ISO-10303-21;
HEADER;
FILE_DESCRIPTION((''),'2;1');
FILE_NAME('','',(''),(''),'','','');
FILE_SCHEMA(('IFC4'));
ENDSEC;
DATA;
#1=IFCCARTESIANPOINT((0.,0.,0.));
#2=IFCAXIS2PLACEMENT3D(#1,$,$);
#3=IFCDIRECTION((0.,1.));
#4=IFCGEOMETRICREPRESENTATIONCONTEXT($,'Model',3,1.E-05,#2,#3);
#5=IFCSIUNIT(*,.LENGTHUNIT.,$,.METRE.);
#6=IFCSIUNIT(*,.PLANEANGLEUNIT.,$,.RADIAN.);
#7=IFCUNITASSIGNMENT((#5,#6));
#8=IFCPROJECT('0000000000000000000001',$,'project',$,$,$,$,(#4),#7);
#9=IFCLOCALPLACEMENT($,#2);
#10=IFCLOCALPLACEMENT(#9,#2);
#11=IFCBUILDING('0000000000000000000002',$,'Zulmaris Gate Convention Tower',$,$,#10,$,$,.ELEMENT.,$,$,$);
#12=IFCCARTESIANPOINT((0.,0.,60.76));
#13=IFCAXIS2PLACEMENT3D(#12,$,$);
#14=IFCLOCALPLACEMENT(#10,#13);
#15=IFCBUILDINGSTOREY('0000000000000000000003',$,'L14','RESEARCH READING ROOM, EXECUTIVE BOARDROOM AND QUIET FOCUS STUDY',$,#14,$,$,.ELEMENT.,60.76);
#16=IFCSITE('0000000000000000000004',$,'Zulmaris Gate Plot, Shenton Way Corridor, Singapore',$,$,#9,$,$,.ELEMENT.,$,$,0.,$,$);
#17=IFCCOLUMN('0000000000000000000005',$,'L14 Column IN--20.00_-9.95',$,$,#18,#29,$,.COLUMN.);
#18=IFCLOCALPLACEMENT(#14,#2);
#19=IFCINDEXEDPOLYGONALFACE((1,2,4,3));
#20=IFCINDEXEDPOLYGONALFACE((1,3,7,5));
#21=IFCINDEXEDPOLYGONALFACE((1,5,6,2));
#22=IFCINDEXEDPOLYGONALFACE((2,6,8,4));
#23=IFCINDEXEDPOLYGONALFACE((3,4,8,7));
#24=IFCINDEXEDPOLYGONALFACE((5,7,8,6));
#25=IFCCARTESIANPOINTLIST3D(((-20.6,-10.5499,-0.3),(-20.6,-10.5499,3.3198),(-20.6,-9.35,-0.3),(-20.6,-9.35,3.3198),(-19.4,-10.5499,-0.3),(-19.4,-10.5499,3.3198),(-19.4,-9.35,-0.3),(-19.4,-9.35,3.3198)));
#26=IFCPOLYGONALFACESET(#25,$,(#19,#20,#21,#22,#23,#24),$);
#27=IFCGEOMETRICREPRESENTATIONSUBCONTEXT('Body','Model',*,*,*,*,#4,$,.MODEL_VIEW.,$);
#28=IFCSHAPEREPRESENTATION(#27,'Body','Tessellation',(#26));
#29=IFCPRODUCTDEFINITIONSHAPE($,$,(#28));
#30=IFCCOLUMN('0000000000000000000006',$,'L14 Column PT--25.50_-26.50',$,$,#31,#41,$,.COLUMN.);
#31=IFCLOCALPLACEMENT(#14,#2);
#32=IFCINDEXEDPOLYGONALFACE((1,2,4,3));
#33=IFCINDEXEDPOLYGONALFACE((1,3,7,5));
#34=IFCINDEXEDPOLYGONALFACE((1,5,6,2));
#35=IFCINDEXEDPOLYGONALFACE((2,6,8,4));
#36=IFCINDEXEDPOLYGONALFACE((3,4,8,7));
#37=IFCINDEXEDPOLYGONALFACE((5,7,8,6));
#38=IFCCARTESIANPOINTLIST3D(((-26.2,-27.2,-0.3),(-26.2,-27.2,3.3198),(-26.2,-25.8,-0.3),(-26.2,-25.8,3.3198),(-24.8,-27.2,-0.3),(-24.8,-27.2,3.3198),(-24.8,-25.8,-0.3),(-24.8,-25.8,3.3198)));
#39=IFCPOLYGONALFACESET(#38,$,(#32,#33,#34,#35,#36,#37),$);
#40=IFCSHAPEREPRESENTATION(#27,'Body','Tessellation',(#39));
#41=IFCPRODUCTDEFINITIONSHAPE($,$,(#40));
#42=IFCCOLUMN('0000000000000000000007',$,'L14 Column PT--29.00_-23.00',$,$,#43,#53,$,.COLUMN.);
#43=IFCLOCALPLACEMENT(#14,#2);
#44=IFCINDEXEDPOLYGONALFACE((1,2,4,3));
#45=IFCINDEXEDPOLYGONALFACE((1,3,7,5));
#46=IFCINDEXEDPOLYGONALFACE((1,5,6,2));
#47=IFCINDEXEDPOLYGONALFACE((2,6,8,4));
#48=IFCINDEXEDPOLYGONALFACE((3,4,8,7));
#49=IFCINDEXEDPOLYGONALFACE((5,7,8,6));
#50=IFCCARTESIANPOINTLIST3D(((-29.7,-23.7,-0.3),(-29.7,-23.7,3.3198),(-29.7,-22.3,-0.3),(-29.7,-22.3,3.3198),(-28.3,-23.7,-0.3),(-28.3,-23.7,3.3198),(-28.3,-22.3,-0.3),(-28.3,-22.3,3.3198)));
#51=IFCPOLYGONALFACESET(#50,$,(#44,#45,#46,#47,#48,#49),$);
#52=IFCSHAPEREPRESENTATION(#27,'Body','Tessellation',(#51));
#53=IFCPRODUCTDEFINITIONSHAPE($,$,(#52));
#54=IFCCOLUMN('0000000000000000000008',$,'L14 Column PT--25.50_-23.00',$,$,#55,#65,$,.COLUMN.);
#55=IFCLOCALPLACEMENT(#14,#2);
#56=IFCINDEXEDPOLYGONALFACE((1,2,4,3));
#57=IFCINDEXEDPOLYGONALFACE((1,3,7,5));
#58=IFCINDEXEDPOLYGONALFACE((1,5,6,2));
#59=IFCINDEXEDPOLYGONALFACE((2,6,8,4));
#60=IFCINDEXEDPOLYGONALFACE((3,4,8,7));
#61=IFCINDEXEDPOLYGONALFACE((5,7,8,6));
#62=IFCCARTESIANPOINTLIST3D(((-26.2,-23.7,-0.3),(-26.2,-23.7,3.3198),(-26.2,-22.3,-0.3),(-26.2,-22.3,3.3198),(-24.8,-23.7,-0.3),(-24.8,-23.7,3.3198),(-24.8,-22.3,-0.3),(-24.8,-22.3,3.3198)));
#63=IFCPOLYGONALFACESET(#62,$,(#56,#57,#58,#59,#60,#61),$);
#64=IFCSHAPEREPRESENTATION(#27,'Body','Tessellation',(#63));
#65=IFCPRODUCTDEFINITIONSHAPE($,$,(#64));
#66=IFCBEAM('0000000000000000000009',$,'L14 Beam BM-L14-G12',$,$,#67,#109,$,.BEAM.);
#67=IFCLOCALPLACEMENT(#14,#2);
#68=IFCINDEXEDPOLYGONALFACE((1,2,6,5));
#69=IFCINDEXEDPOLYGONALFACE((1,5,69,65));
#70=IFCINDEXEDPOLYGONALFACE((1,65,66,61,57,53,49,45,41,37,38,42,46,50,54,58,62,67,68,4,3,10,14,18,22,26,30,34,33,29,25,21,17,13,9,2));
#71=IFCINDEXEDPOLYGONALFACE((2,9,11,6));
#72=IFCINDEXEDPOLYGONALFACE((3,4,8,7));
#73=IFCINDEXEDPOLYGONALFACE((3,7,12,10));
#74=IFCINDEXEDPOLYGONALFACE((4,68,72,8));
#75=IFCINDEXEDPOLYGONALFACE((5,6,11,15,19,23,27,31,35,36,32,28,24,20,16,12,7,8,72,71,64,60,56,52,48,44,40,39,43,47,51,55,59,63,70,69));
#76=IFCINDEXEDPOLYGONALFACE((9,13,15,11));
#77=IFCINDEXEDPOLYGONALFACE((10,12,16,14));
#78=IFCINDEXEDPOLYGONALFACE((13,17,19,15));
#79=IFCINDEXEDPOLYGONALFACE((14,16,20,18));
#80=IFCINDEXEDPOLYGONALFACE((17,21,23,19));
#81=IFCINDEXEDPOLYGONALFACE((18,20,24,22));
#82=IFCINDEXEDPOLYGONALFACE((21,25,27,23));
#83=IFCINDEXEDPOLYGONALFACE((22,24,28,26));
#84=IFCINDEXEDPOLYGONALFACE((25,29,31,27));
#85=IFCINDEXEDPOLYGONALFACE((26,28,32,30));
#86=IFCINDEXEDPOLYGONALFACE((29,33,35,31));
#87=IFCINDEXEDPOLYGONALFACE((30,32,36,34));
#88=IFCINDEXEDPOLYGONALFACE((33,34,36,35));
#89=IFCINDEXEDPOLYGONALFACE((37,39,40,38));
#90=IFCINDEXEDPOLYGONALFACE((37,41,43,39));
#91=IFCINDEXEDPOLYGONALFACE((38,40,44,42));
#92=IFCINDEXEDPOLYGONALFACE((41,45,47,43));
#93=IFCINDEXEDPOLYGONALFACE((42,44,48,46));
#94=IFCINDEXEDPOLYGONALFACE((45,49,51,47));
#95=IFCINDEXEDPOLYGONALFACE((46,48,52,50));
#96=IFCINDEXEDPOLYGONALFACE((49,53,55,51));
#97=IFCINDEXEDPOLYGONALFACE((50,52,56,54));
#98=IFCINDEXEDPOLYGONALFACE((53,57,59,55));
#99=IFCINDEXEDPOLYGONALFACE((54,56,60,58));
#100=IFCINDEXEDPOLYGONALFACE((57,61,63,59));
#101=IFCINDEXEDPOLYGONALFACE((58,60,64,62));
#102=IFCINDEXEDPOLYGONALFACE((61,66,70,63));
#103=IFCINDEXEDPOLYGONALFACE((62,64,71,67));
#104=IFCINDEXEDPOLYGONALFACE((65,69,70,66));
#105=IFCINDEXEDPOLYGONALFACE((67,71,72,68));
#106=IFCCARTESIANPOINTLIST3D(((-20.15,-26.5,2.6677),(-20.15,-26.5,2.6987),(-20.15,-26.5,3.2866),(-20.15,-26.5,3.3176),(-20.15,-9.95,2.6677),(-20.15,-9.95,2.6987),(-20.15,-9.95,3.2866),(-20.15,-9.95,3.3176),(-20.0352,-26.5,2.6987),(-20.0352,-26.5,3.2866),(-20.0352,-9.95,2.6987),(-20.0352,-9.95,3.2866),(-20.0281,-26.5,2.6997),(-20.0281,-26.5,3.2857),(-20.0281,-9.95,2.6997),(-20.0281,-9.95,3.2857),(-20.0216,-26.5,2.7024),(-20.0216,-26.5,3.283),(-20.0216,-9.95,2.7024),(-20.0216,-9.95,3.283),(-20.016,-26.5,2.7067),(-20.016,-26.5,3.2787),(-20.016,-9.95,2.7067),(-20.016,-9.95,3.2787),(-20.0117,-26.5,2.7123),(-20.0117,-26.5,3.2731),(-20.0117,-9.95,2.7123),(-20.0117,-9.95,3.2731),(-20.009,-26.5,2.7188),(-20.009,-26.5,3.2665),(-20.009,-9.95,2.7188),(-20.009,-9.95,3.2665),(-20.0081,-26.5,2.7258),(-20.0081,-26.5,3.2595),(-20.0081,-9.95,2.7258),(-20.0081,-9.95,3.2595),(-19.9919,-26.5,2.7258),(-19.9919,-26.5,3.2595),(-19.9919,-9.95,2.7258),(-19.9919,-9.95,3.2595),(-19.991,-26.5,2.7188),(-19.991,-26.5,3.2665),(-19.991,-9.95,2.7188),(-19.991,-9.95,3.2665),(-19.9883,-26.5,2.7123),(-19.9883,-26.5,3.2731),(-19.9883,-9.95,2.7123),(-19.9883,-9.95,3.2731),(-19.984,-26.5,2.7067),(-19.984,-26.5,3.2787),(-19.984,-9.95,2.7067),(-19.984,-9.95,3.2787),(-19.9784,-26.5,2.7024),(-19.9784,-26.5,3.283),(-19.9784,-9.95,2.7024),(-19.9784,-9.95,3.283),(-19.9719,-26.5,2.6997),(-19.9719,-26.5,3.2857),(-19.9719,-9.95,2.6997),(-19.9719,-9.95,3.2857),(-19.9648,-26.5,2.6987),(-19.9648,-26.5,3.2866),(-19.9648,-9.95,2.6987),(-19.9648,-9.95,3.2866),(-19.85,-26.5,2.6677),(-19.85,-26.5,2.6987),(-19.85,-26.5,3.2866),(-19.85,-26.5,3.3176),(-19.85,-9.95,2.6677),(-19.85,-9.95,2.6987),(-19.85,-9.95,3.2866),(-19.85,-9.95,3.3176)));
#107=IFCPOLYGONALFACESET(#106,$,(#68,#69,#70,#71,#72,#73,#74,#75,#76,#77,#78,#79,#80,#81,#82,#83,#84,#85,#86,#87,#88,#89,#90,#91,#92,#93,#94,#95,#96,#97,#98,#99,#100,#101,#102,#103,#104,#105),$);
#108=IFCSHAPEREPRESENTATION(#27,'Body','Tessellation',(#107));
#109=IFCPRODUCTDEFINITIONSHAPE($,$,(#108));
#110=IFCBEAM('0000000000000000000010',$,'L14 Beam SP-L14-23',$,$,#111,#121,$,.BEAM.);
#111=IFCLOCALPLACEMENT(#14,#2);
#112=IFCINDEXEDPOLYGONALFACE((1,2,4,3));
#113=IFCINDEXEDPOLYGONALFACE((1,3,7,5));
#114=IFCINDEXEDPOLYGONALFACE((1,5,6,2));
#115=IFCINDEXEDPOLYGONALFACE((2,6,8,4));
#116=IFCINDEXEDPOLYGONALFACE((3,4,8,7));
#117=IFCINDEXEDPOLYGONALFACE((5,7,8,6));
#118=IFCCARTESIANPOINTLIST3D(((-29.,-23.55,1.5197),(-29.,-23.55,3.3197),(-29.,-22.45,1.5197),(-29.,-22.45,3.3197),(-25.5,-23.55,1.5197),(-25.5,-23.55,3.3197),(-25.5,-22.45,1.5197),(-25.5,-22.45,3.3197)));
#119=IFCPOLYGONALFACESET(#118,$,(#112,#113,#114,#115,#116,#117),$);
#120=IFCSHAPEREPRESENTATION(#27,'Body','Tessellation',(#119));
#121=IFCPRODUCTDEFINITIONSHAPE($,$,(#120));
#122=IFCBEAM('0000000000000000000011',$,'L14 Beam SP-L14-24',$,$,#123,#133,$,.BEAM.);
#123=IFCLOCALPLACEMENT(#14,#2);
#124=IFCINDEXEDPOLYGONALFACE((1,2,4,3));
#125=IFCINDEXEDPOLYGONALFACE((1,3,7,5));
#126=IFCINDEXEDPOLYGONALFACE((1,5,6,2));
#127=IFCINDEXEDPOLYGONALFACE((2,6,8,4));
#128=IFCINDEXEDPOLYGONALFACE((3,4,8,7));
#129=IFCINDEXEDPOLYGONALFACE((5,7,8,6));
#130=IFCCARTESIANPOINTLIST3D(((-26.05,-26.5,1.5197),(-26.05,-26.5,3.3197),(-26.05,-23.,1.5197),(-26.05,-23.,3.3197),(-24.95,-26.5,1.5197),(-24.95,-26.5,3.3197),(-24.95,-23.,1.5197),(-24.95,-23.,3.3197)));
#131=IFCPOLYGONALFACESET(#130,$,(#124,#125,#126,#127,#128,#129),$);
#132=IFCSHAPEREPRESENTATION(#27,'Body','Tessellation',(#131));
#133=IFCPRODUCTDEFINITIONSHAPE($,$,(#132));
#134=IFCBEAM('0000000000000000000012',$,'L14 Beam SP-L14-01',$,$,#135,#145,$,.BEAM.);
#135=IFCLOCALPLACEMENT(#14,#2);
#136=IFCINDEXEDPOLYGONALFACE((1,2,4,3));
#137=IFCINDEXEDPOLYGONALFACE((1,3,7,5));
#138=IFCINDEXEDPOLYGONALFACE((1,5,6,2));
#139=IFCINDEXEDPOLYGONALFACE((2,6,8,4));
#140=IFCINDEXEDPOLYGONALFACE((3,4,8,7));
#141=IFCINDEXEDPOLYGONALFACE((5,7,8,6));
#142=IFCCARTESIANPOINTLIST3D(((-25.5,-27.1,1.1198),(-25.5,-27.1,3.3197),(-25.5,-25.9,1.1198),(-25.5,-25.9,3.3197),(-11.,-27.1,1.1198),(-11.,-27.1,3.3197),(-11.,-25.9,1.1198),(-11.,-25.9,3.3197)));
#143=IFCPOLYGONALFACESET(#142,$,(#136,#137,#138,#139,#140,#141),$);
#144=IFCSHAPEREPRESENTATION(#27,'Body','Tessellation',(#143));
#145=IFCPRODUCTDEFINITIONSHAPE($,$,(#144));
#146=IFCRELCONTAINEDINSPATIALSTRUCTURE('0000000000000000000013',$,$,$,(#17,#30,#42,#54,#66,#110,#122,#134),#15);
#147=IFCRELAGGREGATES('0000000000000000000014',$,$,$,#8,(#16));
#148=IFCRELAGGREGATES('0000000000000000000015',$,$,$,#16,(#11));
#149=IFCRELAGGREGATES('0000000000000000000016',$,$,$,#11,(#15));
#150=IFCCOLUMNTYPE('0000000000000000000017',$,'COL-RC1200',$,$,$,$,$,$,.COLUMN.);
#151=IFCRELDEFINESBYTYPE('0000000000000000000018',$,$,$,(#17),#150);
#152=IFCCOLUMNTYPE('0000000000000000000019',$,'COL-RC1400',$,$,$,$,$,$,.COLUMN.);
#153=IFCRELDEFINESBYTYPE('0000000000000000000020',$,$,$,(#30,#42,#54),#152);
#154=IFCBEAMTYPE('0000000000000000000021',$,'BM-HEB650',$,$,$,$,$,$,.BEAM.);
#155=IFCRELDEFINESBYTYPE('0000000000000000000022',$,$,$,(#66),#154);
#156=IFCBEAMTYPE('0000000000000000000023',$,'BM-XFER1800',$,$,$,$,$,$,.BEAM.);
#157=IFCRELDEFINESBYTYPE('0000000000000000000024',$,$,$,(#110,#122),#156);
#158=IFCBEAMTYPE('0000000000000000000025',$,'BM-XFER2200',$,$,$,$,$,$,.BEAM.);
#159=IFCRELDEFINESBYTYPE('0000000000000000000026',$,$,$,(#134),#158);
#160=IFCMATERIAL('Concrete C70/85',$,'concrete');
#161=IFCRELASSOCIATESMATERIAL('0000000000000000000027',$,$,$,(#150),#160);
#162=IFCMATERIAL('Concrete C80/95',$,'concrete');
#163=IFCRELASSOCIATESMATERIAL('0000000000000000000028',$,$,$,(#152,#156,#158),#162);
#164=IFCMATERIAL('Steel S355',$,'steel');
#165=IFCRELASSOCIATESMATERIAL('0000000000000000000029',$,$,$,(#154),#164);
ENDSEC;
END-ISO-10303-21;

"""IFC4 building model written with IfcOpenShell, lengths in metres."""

from ifc_helpers import new_model, si_unit, direction, frame, origin, origin_2d, place, context, subcontext, project, spatial, rectangle, i_section, extrude, material, material_profile, profile_set, type_object, element, save


model = new_model("IFC4")

# Units and contexts
model_context = context("Model", 3, precision=1e-05, world=origin(), true_north=direction((0.0, 1.0)))
body_context = subcontext(model_context, "Body", "Model", "MODEL_VIEW")
ifc_project = project(units=[si_unit("LENGTHUNIT", "METRE"), si_unit("PLANEANGLEUNIT", "RADIAN")], contexts=[model_context])

# Site, building, storey
site_placement = place(None, origin())
site = spatial("IfcSite", under=ifc_project, at=site_placement, Name="Zulmaris Gate Plot, Shenton Way Corridor, Singapore", CompositionType="ELEMENT", RefElevation=0.0)
building_placement = place(site_placement, origin())
building = spatial("IfcBuilding", under=site, at=building_placement, Name="Zulmaris Gate Convention Tower", CompositionType="ELEMENT")
storey_placement = place(building_placement, frame((0.0, 0.0, 60.76)))
storey = spatial("IfcBuildingStorey", under=building, at=storey_placement, Name="L14", Description="RESEARCH READING ROOM, EXECUTIVE BOARDROOM AND QUIET FOCUS STUDY", CompositionType="ELEMENT", Elevation=60.76)

# Columns
ifc_material_1 = material(Name="Concrete C70/85", Category="concrete")
ifc_material_profile_1 = material_profile(ifc_material_1, rectangle(XDim=1.2, YDim=1.2, at=origin_2d()), Name="RC COL 1200x1200")
ifc_profile_set_1 = profile_set([ifc_material_profile_1], Name="Concrete C70/85")
column_type_1 = type_object("IfcColumnType", Name="COL-RC1200", PredefinedType="COLUMN", material=ifc_profile_set_1)
column_placement = place(storey_placement, frame((-20.0, -9.95, -0.3), z_axis=(0.0, 0.0, 1.0), x_axis=(1.0, 0.0, 0.0)))
element("IfcColumn", 1, at=column_placement, inside=storey, type_object=column_type_1, Name="L14 Column IN--20.00_-9.95", PredefinedType="COLUMN", context=body_context, shape_type="SweptSolid", body=[
    extrude(rectangle(XDim=1.2, YDim=1.2, at=origin_2d()), origin(), (0.0, 0.0, 1.0), 3.6199),
])
ifc_material_2 = material(Name="Concrete C80/95", Category="concrete")
ifc_material_profile_2 = material_profile(ifc_material_2, rectangle(XDim=1.3999, YDim=1.3999, at=origin_2d()), Name="RC COL 1400x1400")
ifc_profile_set_2 = profile_set([ifc_material_profile_2], Name="Concrete C80/95")
column_type_2 = type_object("IfcColumnType", Name="COL-RC1400", PredefinedType="COLUMN", material=ifc_profile_set_2)
for number, where, z_axis, x_axis, name in (
    (2, (-25.5, -26.5, -0.3), (0.0, 0.0, 1.0), (1.0, 0.0, 0.0), "L14 Column PT--25.50_-26.50"),
    (3, (-29.0, -23.0, -0.3), (0.0, 0.0, 1.0), (1.0, 0.0, 0.0), "L14 Column PT--29.00_-23.00"),
    (4, (-25.5, -23.0, -0.3), (0.0, 0.0, 1.0), (1.0, 0.0, 0.0), "L14 Column PT--25.50_-23.00"),
):
    element("IfcColumn", number, at=place(storey_placement, frame(where, z_axis=z_axis, x_axis=x_axis)), inside=storey, type_object=column_type_2, Name=name, PredefinedType="COLUMN", context=body_context, shape_type="SweptSolid", body=[
        extrude(rectangle(XDim=1.3999, YDim=1.3999, at=origin_2d()), origin(), (0.0, 0.0, 1.0), 3.6199),
    ])

# Beams
ifc_material_3 = material(Name="Steel S355", Category="steel")
ifc_material_profile_3 = material_profile(ifc_material_3, i_section(OverallWidth=0.3, OverallDepth=0.6499, WebThickness=0.0161, FlangeThickness=0.031, FilletRadius=0.0271, at=origin_2d()), Name="HEB 650")
ifc_profile_set_3 = profile_set([ifc_material_profile_3], Name="Steel S355")
beam_type_1 = type_object("IfcBeamType", Name="BM-HEB650", PredefinedType="BEAM", material=ifc_profile_set_3)
beam_1_placement = place(storey_placement, frame((-20.0, -26.5, 2.9927), z_axis=(0.0, 1.0, 0.0), x_axis=(-1.0, 0.0, 0.0)))
element("IfcBeam", 5, at=beam_1_placement, inside=storey, type_object=beam_type_1, Name="L14 Beam BM-L14-G12", PredefinedType="BEAM", context=body_context, shape_type="SweptSolid", body=[
    extrude(i_section(OverallWidth=0.3, OverallDepth=0.6499, WebThickness=0.0161, FlangeThickness=0.031, FilletRadius=0.0271, at=origin_2d()), origin(), (0.0, 0.0, 1.0), 16.55),
])
ifc_material_profile_4 = material_profile(ifc_material_2, rectangle(XDim=1.1001, YDim=1.8, at=origin_2d()), Name="RC TRANSFER 1100x1800")
ifc_profile_set_4 = profile_set([ifc_material_profile_4], Name="Concrete C80/95")
beam_type_2 = type_object("IfcBeamType", Name="BM-XFER1800", PredefinedType="BEAM", material=ifc_profile_set_4)
for number, where, z_axis, x_axis, name in (
    (6, (-29.0, -23.0, 2.4197), (1.0, 0.0, 0.0), (0.0, 1.0, 0.0), "L14 Beam SP-L14-23"),
    (7, (-25.5, -23.0, 2.4197), (0.0, -1.0, 0.0), (1.0, 0.0, 0.0), "L14 Beam SP-L14-24"),
):
    element("IfcBeam", number, at=place(storey_placement, frame(where, z_axis=z_axis, x_axis=x_axis)), inside=storey, type_object=beam_type_2, Name=name, PredefinedType="BEAM", context=body_context, shape_type="SweptSolid", body=[
        extrude(rectangle(XDim=1.1001, YDim=1.8, at=origin_2d()), origin(), (0.0, 0.0, 1.0), 3.5),
    ])
ifc_material_profile_5 = material_profile(ifc_material_2, rectangle(XDim=1.2, YDim=2.2, at=origin_2d()), Name="RC TRANSFER 1200x2200")
ifc_profile_set_5 = profile_set([ifc_material_profile_5], Name="Concrete C80/95")
beam_type_3 = type_object("IfcBeamType", Name="BM-XFER2200", PredefinedType="BEAM", material=ifc_profile_set_5)
beam_2_placement = place(storey_placement, frame((-25.5, -26.5, 2.2197), z_axis=(1.0, 0.0, 0.0), x_axis=(0.0, 1.0, 0.0)))
element("IfcBeam", 8, at=beam_2_placement, inside=storey, type_object=beam_type_3, Name="L14 Beam SP-L14-01", PredefinedType="BEAM", context=body_context, shape_type="SweptSolid", body=[
    extrude(rectangle(XDim=1.2, YDim=2.2, at=origin_2d()), origin(), (0.0, 0.0, 1.0), 14.5),
])

save(model, "model.ifc")
